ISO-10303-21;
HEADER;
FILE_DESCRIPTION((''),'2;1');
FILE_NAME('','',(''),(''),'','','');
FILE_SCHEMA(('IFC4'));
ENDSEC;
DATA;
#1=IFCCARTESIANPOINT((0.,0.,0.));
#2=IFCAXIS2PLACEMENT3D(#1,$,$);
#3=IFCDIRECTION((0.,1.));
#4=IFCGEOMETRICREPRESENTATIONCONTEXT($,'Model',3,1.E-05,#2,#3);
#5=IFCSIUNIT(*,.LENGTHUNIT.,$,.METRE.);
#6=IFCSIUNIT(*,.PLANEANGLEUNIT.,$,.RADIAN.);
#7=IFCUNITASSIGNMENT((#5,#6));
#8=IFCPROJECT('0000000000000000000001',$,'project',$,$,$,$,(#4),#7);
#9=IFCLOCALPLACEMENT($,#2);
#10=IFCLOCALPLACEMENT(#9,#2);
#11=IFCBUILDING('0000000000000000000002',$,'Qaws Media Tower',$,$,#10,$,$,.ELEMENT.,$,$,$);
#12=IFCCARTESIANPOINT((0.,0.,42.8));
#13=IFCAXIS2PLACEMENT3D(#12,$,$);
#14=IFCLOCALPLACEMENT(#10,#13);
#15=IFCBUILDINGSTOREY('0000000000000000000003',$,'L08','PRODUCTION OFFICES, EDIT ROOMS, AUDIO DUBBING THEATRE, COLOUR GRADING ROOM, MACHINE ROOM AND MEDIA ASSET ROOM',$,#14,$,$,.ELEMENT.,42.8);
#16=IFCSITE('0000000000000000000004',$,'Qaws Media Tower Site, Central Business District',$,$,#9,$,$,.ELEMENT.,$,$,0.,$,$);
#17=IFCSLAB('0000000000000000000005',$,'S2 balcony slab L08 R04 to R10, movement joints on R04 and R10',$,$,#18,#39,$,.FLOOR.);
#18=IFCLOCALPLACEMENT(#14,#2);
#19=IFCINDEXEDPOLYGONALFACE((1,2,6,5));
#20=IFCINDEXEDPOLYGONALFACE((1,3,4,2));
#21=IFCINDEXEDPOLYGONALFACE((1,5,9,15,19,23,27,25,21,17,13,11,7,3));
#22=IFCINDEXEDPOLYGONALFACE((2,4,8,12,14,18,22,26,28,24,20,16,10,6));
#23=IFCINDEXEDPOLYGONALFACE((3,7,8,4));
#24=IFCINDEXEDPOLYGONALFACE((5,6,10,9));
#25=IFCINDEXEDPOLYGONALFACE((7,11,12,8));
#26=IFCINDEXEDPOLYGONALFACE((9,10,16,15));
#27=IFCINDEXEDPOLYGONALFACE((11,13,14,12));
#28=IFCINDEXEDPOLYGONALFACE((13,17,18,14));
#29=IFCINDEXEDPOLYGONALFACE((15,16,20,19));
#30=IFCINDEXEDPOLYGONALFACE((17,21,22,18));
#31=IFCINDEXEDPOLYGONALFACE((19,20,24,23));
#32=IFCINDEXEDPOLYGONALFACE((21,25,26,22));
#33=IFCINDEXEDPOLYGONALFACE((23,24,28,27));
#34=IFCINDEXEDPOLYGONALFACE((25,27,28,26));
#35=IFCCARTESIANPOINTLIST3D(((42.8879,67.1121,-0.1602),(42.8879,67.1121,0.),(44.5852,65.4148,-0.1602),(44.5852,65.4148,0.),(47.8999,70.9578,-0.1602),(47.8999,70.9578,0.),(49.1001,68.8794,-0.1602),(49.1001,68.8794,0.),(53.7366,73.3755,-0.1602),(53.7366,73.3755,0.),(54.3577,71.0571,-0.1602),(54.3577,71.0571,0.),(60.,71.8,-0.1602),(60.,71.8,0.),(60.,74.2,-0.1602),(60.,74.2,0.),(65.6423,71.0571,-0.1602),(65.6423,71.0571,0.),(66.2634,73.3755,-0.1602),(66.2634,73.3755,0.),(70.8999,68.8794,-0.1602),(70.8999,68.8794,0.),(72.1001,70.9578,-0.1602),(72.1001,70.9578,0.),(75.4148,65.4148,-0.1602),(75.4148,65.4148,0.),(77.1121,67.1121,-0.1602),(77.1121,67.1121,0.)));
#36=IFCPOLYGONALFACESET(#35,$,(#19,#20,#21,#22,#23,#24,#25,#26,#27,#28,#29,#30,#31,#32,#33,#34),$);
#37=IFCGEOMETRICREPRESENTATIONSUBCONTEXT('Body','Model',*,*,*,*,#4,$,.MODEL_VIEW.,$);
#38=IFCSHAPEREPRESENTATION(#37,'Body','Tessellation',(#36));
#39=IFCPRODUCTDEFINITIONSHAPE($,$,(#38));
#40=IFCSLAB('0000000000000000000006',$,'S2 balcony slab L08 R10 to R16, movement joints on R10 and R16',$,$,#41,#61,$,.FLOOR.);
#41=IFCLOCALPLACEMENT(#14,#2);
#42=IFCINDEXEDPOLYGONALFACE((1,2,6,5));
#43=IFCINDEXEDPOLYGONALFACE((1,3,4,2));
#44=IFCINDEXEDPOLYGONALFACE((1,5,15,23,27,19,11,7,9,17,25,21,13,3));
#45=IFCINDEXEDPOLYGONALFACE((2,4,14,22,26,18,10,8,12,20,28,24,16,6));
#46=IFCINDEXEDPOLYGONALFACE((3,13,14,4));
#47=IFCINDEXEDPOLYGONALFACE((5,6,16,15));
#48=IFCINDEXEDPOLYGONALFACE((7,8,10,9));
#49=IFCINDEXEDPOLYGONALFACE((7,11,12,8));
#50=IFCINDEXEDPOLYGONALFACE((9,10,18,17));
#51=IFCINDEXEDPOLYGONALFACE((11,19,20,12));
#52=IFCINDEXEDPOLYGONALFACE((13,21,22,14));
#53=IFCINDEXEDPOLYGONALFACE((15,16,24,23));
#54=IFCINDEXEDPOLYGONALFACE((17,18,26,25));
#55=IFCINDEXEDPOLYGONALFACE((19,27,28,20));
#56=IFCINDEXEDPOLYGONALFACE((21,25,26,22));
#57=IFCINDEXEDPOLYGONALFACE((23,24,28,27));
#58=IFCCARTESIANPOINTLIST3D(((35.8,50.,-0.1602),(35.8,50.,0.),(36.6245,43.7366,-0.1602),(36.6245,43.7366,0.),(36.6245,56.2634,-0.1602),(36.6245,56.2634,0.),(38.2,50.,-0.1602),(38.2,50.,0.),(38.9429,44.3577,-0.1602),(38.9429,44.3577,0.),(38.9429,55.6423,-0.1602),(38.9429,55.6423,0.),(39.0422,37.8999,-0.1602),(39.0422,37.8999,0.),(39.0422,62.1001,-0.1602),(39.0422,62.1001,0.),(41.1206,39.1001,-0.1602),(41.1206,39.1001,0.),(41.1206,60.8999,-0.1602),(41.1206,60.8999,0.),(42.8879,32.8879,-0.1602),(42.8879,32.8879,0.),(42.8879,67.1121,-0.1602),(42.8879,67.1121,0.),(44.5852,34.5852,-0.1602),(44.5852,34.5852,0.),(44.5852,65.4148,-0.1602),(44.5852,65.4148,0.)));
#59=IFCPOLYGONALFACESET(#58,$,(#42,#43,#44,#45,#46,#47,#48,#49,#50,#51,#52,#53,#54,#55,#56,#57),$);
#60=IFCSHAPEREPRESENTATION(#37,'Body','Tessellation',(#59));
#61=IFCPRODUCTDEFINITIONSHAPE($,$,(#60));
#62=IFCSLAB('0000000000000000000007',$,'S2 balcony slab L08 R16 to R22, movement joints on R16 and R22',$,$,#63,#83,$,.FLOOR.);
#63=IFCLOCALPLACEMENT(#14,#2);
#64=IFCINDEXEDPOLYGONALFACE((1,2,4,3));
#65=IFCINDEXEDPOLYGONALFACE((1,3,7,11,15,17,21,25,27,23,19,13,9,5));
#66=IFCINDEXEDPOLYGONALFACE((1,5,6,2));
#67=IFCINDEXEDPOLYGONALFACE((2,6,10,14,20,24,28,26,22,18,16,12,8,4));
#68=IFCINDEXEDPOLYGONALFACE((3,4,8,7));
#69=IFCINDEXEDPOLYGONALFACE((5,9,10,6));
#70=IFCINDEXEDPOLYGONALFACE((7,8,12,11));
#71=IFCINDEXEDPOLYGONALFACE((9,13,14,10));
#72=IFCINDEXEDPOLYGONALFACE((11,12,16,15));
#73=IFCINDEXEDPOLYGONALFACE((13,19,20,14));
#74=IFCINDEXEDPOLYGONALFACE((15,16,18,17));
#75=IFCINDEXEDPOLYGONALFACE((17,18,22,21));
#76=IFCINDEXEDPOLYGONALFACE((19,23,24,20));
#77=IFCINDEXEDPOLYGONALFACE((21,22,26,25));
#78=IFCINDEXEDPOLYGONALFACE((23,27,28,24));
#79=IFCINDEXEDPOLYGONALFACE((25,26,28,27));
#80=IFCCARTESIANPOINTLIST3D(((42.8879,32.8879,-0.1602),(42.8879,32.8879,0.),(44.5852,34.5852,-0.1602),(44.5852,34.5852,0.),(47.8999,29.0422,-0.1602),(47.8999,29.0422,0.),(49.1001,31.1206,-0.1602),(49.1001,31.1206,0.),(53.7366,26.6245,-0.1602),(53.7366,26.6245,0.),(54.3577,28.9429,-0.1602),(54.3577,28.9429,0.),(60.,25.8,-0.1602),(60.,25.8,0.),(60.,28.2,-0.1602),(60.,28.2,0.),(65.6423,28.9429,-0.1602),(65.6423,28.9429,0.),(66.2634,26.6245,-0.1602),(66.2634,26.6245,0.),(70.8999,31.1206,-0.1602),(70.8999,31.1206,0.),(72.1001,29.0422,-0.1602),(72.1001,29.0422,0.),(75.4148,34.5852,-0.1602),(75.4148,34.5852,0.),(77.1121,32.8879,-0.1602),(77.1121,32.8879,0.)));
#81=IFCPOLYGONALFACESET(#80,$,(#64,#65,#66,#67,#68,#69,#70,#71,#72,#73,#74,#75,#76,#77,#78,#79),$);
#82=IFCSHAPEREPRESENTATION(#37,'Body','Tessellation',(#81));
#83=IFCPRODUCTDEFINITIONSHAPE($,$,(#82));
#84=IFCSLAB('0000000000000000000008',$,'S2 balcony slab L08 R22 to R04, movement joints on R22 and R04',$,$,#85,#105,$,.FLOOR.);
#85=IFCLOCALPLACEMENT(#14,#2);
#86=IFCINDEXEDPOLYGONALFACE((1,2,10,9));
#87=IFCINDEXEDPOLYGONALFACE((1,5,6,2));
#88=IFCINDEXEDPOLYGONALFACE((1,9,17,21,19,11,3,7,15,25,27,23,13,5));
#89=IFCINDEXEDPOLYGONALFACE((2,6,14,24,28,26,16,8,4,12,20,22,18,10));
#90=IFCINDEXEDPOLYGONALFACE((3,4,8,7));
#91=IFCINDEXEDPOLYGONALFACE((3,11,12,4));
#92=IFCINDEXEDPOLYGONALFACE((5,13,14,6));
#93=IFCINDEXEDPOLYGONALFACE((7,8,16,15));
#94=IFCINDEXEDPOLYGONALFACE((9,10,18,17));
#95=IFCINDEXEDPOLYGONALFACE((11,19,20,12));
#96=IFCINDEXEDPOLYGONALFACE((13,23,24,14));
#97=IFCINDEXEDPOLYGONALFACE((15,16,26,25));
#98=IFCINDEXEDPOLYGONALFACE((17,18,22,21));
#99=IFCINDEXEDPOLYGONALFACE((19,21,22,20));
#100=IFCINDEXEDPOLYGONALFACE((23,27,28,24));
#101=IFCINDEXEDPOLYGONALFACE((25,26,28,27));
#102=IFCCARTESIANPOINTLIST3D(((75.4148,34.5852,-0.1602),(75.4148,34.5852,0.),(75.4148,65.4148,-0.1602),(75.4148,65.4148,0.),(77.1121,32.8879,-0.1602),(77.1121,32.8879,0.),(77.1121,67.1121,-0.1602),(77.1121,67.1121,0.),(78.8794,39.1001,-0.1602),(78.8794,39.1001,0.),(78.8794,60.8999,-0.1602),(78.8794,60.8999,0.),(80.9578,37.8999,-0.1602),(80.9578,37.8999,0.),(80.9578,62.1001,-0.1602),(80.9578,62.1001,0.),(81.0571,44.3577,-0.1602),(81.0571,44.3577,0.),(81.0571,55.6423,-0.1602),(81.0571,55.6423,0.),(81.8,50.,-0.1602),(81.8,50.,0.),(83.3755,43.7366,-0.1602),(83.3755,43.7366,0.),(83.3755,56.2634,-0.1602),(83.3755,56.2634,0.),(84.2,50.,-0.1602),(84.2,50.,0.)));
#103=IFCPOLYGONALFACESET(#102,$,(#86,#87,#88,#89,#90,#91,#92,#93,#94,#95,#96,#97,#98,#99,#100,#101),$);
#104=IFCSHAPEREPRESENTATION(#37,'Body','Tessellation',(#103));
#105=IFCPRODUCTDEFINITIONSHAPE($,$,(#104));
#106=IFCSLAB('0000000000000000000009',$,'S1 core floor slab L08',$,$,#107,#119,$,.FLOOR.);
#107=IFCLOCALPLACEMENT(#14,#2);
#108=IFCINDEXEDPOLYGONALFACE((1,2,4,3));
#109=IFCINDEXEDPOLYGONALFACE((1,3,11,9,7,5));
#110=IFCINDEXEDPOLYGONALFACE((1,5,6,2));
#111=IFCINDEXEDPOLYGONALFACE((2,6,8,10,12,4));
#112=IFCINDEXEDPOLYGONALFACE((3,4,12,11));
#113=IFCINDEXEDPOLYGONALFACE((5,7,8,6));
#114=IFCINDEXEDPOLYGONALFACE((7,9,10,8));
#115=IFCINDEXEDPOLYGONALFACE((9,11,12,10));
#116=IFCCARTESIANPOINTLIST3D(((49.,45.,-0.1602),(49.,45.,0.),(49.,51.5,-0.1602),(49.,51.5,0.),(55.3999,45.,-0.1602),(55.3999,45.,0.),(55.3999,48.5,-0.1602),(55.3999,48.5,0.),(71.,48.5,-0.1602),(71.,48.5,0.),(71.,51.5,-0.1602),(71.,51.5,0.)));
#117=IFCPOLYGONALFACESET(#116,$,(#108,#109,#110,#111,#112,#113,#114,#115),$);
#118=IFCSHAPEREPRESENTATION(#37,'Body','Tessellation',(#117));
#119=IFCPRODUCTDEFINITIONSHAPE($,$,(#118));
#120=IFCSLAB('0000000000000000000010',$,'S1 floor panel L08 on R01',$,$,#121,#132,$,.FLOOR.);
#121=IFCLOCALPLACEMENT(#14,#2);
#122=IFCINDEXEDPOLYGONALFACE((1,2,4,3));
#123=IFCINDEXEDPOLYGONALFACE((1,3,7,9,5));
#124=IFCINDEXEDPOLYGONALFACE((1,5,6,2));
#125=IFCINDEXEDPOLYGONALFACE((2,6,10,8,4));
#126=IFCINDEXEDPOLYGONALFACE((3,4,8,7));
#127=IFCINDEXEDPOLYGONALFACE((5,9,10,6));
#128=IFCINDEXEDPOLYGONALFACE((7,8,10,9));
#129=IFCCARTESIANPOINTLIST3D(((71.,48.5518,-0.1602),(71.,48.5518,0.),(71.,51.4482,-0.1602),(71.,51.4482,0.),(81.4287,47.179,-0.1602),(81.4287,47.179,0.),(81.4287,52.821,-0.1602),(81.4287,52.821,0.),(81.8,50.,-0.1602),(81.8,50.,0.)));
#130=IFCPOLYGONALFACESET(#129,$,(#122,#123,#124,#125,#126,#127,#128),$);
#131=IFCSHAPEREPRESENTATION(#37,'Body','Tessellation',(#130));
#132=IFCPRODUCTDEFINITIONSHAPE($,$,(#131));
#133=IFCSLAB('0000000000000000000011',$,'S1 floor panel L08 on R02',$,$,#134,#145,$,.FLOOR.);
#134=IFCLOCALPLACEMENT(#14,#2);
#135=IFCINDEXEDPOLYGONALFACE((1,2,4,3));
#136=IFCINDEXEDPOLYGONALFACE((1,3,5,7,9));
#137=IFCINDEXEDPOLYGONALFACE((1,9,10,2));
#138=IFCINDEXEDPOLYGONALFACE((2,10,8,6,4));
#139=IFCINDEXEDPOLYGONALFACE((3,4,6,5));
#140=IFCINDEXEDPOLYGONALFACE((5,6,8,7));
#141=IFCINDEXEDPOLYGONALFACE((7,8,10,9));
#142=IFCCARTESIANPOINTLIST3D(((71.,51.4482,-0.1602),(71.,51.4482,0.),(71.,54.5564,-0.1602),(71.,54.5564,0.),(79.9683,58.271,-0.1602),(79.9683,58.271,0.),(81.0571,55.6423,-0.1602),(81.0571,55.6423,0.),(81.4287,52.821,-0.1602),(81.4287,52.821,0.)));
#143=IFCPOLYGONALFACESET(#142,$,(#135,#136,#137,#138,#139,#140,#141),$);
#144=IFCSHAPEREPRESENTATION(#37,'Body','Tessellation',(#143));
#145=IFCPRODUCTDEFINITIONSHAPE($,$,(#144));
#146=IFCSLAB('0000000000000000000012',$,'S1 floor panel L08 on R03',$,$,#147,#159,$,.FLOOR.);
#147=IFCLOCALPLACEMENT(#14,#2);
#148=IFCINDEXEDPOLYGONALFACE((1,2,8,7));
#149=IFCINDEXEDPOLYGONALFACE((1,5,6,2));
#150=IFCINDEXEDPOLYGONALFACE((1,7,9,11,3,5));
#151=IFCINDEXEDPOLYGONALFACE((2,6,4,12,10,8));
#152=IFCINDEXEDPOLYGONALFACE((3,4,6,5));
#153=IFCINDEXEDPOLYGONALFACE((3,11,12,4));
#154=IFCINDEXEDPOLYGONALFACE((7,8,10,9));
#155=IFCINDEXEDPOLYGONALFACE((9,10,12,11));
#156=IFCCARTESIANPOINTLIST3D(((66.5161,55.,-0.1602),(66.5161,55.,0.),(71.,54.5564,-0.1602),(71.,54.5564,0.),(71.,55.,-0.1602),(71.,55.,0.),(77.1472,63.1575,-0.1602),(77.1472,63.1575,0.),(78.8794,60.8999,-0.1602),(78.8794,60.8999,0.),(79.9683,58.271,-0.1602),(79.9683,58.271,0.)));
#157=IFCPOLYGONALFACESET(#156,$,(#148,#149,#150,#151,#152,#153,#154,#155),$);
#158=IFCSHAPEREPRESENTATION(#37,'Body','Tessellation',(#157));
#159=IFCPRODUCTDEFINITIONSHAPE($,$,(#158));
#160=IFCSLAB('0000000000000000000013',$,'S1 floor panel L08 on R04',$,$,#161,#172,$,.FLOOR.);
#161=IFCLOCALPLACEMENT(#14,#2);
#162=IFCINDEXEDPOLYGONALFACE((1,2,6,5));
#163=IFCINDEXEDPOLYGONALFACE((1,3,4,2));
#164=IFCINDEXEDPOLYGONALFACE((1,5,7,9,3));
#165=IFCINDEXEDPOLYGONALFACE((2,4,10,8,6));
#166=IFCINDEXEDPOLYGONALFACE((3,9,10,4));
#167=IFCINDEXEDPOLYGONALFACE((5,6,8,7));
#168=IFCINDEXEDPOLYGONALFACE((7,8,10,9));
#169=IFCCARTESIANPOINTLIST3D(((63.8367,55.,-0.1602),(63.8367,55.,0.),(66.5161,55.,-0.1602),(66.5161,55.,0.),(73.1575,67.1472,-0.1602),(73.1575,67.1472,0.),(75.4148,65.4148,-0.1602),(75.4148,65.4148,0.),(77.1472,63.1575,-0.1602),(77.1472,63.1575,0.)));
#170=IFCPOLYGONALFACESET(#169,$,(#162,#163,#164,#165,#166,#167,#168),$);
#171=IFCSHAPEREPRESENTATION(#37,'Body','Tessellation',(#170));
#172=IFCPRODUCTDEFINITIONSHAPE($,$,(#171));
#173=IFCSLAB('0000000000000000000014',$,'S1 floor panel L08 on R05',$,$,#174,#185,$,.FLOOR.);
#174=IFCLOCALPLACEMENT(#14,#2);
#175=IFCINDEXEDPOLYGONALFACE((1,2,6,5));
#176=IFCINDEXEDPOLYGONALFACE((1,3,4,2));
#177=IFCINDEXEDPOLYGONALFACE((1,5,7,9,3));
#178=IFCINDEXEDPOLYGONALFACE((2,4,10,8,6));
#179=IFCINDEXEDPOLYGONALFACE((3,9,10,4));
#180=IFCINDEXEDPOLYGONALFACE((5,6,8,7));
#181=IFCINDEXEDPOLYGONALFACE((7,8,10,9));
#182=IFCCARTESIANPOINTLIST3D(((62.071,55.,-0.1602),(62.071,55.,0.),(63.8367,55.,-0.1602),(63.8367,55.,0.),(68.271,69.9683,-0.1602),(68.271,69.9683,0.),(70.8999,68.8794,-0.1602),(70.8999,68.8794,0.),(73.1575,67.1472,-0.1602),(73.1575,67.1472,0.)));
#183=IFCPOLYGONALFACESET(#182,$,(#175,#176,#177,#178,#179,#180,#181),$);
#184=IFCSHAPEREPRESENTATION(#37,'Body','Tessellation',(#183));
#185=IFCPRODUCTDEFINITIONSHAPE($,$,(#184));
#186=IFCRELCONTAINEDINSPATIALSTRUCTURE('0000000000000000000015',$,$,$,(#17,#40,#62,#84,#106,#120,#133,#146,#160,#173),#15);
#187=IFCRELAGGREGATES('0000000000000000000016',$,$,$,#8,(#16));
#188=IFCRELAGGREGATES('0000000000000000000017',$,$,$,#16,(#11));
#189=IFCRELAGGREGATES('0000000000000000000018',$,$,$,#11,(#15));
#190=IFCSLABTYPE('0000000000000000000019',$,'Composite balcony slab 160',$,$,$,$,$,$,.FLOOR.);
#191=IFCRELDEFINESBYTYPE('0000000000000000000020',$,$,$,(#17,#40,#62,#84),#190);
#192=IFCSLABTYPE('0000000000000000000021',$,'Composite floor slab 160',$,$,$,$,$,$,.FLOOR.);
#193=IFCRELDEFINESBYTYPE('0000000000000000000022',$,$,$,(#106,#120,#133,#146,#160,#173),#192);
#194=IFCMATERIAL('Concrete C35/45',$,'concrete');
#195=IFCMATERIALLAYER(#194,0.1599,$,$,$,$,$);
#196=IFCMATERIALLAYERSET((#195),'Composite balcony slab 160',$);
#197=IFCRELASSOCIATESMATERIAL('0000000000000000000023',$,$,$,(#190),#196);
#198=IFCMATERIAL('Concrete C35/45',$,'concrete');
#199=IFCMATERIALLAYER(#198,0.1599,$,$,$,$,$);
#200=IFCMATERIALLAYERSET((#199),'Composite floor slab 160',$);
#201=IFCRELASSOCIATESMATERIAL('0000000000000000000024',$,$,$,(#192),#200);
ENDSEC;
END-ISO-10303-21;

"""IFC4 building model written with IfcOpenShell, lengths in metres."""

from ifc_helpers import new_model, si_unit, direction, frame, origin, place, context, subcontext, project, spatial, polyline, outline, extrude, material, layer, layer_set, type_object, element, save


model = new_model("IFC4")

# Units and contexts
model_context = context("Model", 3, precision=1e-05, world=origin(), true_north=direction((0.0, 1.0)))
body_context = subcontext(model_context, "Body", "Model", "MODEL_VIEW")
ifc_project = project(units=[si_unit("LENGTHUNIT", "METRE"), si_unit("PLANEANGLEUNIT", "RADIAN")], contexts=[model_context])

# Site, building, storey
site_placement = place(None, origin())
site = spatial("IfcSite", under=ifc_project, at=site_placement, Name="Qaws Media Tower Site, Central Business District", CompositionType="ELEMENT", RefElevation=0.0)
building_placement = place(site_placement, origin())
building = spatial("IfcBuilding", under=site, at=building_placement, Name="Qaws Media Tower", CompositionType="ELEMENT")
storey_placement = place(building_placement, frame((0.0, 0.0, 42.8)))
storey = spatial("IfcBuildingStorey", under=building, at=storey_placement, Name="L08", Description="PRODUCTION OFFICES, EDIT ROOMS, AUDIO DUBBING THEATRE, COLOUR GRADING ROOM, MACHINE ROOM AND MEDIA ASSET ROOM", CompositionType="ELEMENT", Elevation=42.8)

# Slabs
ifc_material_1 = material(Name="Concrete C35/45", Category="concrete")
ifc_layer_1 = layer(ifc_material_1, 0.1599)
ifc_layer_set_1 = layer_set([ifc_layer_1], Name="Composite balcony slab 160")
slab_type_1 = type_object("IfcSlabType", Name="Composite balcony slab 160", PredefinedType="FLOOR", material=ifc_layer_set_1)
slab_1_placement = place(storey_placement, frame((0.0, 0.0, -0.1602)))
element("IfcSlab", 1, at=slab_1_placement, inside=storey, type_object=slab_type_1, Name="S2 balcony slab L08 R04 to R10, movement joints on R04 and R10", PredefinedType="FLOOR", context=body_context, shape_type="SweptSolid", body=[
    extrude(outline(polyline([(42.8879, 67.1121), (47.8999, 70.9578), (53.7366, 73.3755), (60.0, 74.2), (66.2634, 73.3755), (72.1001, 70.9578), (77.1121, 67.1121), (75.4148, 65.4148), (70.8999, 68.8794), (65.6423, 71.0571), (60.0, 71.8), (54.3577, 71.0571), (49.1001, 68.8794), (44.5852, 65.4148), (42.8879, 67.1121)])), origin(), (0.0, 0.0, 1.0), 0.1602),
])
slab_2_placement = place(storey_placement, frame((0.0, 0.0, -0.1602)))
element("IfcSlab", 2, at=slab_2_placement, inside=storey, type_object=slab_type_1, Name="S2 balcony slab L08 R10 to R16, movement joints on R10 and R16", PredefinedType="FLOOR", context=body_context, shape_type="SweptSolid", body=[
    extrude(outline(polyline([(39.0422, 37.8999), (36.6245, 43.7366), (35.8, 50.0), (36.6245, 56.2634), (39.0422, 62.1001), (42.8879, 67.1121), (44.5852, 65.4148), (41.1206, 60.8999), (38.9429, 55.6423), (38.2, 50.0), (38.9429, 44.3577), (41.1206, 39.1001), (44.5852, 34.5852), (42.8879, 32.8879), (39.0422, 37.8999)])), origin(), (0.0, 0.0, 1.0), 0.1602),
])
slab_3_placement = place(storey_placement, frame((0.0, 0.0, -0.1602)))
element("IfcSlab", 3, at=slab_3_placement, inside=storey, type_object=slab_type_1, Name="S2 balcony slab L08 R16 to R22, movement joints on R16 and R22", PredefinedType="FLOOR", context=body_context, shape_type="SweptSolid", body=[
    extrude(outline(polyline([(72.1001, 29.0422), (66.2634, 26.6245), (60.0, 25.8), (53.7366, 26.6245), (47.8999, 29.0422), (42.8879, 32.8879), (44.5852, 34.5852), (49.1001, 31.1206), (54.3577, 28.9429), (60.0, 28.2), (65.6423, 28.9429), (70.8999, 31.1206), (75.4148, 34.5852), (77.1121, 32.8879), (72.1001, 29.0422)])), origin(), (0.0, 0.0, 1.0), 0.1602),
])
slab_4_placement = place(storey_placement, frame((0.0, 0.0, -0.1602)))
element("IfcSlab", 4, at=slab_4_placement, inside=storey, type_object=slab_type_1, Name="S2 balcony slab L08 R22 to R04, movement joints on R22 and R04", PredefinedType="FLOOR", context=body_context, shape_type="SweptSolid", body=[
    extrude(outline(polyline([(80.9578, 37.8999), (77.1121, 32.8879), (75.4148, 34.5852), (78.8794, 39.1001), (81.0571, 44.3577), (81.8, 50.0), (81.0571, 55.6423), (78.8794, 60.8999), (75.4148, 65.4148), (77.1121, 67.1121), (80.9578, 62.1001), (83.3755, 56.2634), (84.2, 50.0), (83.3755, 43.7366), (80.9578, 37.8999)])), origin(), (0.0, 0.0, 1.0), 0.1602),
])
ifc_material_2 = material(Name="Concrete C35/45", Category="concrete")
ifc_layer_2 = layer(ifc_material_2, 0.1599)
ifc_layer_set_2 = layer_set([ifc_layer_2], Name="Composite floor slab 160")
slab_type_2 = type_object("IfcSlabType", Name="Composite floor slab 160", PredefinedType="FLOOR", material=ifc_layer_set_2)
slab_5_placement = place(storey_placement, frame((0.0, 0.0, -0.1602)))
element("IfcSlab", 5, at=slab_5_placement, inside=storey, type_object=slab_type_2, Name="S1 core floor slab L08", PredefinedType="FLOOR", context=body_context, shape_type="SweptSolid", body=[
    extrude(outline(polyline([(71.0, 51.5), (71.0, 48.5), (55.3999, 48.5), (55.3999, 45.0), (49.0, 45.0), (49.0, 51.5), (71.0, 51.5)])), origin(), (0.0, 0.0, 1.0), 0.1602),
])
slab_6_placement = place(storey_placement, frame((0.0, 0.0, -0.1602)))
element("IfcSlab", 6, at=slab_6_placement, inside=storey, type_object=slab_type_2, Name="S1 floor panel L08 on R01", PredefinedType="FLOOR", context=body_context, shape_type="SweptSolid", body=[
    extrude(outline(polyline([(81.8, 50.0), (81.4287, 47.179), (71.0, 48.5518), (71.0, 51.4482), (81.4287, 52.821), (81.8, 50.0)])), origin(), (0.0, 0.0, 1.0), 0.1602),
])
slab_7_placement = place(storey_placement, frame((0.0, 0.0, -0.1602)))
element("IfcSlab", 7, at=slab_7_placement, inside=storey, type_object=slab_type_2, Name="S1 floor panel L08 on R02", PredefinedType="FLOOR", context=body_context, shape_type="SweptSolid", body=[
    extrude(outline(polyline([(81.0571, 55.6423), (81.4287, 52.821), (71.0, 51.4482), (71.0, 54.5564), (79.9683, 58.271), (81.0571, 55.6423)])), origin(), (0.0, 0.0, 1.0), 0.1602),
])
slab_8_placement = place(storey_placement, frame((0.0, 0.0, -0.1602)))
element("IfcSlab", 8, at=slab_8_placement, inside=storey, type_object=slab_type_2, Name="S1 floor panel L08 on R03", PredefinedType="FLOOR", context=body_context, shape_type="SweptSolid", body=[
    extrude(outline(polyline([(78.8794, 60.8999), (79.9683, 58.271), (71.0, 54.5564), (71.0, 55.0), (66.5161, 55.0), (77.1472, 63.1575), (78.8794, 60.8999)])), origin(), (0.0, 0.0, 1.0), 0.1602),
])
slab_9_placement = place(storey_placement, frame((0.0, 0.0, -0.1602)))
element("IfcSlab", 9, at=slab_9_placement, inside=storey, type_object=slab_type_2, Name="S1 floor panel L08 on R04", PredefinedType="FLOOR", context=body_context, shape_type="SweptSolid", body=[
    extrude(outline(polyline([(75.4148, 65.4148), (77.1472, 63.1575), (66.5161, 55.0), (63.8367, 55.0), (73.1575, 67.1472), (75.4148, 65.4148)])), origin(), (0.0, 0.0, 1.0), 0.1602),
])
slab_10_placement = place(storey_placement, frame((0.0, 0.0, -0.1602)))
element("IfcSlab", 10, at=slab_10_placement, inside=storey, type_object=slab_type_2, Name="S1 floor panel L08 on R05", PredefinedType="FLOOR", context=body_context, shape_type="SweptSolid", body=[
    extrude(outline(polyline([(70.8999, 68.8794), (73.1575, 67.1472), (63.8367, 55.0), (62.071, 55.0), (68.271, 69.9683), (70.8999, 68.8794)])), origin(), (0.0, 0.0, 1.0), 0.1602),
])

save(model, "model.ifc")
